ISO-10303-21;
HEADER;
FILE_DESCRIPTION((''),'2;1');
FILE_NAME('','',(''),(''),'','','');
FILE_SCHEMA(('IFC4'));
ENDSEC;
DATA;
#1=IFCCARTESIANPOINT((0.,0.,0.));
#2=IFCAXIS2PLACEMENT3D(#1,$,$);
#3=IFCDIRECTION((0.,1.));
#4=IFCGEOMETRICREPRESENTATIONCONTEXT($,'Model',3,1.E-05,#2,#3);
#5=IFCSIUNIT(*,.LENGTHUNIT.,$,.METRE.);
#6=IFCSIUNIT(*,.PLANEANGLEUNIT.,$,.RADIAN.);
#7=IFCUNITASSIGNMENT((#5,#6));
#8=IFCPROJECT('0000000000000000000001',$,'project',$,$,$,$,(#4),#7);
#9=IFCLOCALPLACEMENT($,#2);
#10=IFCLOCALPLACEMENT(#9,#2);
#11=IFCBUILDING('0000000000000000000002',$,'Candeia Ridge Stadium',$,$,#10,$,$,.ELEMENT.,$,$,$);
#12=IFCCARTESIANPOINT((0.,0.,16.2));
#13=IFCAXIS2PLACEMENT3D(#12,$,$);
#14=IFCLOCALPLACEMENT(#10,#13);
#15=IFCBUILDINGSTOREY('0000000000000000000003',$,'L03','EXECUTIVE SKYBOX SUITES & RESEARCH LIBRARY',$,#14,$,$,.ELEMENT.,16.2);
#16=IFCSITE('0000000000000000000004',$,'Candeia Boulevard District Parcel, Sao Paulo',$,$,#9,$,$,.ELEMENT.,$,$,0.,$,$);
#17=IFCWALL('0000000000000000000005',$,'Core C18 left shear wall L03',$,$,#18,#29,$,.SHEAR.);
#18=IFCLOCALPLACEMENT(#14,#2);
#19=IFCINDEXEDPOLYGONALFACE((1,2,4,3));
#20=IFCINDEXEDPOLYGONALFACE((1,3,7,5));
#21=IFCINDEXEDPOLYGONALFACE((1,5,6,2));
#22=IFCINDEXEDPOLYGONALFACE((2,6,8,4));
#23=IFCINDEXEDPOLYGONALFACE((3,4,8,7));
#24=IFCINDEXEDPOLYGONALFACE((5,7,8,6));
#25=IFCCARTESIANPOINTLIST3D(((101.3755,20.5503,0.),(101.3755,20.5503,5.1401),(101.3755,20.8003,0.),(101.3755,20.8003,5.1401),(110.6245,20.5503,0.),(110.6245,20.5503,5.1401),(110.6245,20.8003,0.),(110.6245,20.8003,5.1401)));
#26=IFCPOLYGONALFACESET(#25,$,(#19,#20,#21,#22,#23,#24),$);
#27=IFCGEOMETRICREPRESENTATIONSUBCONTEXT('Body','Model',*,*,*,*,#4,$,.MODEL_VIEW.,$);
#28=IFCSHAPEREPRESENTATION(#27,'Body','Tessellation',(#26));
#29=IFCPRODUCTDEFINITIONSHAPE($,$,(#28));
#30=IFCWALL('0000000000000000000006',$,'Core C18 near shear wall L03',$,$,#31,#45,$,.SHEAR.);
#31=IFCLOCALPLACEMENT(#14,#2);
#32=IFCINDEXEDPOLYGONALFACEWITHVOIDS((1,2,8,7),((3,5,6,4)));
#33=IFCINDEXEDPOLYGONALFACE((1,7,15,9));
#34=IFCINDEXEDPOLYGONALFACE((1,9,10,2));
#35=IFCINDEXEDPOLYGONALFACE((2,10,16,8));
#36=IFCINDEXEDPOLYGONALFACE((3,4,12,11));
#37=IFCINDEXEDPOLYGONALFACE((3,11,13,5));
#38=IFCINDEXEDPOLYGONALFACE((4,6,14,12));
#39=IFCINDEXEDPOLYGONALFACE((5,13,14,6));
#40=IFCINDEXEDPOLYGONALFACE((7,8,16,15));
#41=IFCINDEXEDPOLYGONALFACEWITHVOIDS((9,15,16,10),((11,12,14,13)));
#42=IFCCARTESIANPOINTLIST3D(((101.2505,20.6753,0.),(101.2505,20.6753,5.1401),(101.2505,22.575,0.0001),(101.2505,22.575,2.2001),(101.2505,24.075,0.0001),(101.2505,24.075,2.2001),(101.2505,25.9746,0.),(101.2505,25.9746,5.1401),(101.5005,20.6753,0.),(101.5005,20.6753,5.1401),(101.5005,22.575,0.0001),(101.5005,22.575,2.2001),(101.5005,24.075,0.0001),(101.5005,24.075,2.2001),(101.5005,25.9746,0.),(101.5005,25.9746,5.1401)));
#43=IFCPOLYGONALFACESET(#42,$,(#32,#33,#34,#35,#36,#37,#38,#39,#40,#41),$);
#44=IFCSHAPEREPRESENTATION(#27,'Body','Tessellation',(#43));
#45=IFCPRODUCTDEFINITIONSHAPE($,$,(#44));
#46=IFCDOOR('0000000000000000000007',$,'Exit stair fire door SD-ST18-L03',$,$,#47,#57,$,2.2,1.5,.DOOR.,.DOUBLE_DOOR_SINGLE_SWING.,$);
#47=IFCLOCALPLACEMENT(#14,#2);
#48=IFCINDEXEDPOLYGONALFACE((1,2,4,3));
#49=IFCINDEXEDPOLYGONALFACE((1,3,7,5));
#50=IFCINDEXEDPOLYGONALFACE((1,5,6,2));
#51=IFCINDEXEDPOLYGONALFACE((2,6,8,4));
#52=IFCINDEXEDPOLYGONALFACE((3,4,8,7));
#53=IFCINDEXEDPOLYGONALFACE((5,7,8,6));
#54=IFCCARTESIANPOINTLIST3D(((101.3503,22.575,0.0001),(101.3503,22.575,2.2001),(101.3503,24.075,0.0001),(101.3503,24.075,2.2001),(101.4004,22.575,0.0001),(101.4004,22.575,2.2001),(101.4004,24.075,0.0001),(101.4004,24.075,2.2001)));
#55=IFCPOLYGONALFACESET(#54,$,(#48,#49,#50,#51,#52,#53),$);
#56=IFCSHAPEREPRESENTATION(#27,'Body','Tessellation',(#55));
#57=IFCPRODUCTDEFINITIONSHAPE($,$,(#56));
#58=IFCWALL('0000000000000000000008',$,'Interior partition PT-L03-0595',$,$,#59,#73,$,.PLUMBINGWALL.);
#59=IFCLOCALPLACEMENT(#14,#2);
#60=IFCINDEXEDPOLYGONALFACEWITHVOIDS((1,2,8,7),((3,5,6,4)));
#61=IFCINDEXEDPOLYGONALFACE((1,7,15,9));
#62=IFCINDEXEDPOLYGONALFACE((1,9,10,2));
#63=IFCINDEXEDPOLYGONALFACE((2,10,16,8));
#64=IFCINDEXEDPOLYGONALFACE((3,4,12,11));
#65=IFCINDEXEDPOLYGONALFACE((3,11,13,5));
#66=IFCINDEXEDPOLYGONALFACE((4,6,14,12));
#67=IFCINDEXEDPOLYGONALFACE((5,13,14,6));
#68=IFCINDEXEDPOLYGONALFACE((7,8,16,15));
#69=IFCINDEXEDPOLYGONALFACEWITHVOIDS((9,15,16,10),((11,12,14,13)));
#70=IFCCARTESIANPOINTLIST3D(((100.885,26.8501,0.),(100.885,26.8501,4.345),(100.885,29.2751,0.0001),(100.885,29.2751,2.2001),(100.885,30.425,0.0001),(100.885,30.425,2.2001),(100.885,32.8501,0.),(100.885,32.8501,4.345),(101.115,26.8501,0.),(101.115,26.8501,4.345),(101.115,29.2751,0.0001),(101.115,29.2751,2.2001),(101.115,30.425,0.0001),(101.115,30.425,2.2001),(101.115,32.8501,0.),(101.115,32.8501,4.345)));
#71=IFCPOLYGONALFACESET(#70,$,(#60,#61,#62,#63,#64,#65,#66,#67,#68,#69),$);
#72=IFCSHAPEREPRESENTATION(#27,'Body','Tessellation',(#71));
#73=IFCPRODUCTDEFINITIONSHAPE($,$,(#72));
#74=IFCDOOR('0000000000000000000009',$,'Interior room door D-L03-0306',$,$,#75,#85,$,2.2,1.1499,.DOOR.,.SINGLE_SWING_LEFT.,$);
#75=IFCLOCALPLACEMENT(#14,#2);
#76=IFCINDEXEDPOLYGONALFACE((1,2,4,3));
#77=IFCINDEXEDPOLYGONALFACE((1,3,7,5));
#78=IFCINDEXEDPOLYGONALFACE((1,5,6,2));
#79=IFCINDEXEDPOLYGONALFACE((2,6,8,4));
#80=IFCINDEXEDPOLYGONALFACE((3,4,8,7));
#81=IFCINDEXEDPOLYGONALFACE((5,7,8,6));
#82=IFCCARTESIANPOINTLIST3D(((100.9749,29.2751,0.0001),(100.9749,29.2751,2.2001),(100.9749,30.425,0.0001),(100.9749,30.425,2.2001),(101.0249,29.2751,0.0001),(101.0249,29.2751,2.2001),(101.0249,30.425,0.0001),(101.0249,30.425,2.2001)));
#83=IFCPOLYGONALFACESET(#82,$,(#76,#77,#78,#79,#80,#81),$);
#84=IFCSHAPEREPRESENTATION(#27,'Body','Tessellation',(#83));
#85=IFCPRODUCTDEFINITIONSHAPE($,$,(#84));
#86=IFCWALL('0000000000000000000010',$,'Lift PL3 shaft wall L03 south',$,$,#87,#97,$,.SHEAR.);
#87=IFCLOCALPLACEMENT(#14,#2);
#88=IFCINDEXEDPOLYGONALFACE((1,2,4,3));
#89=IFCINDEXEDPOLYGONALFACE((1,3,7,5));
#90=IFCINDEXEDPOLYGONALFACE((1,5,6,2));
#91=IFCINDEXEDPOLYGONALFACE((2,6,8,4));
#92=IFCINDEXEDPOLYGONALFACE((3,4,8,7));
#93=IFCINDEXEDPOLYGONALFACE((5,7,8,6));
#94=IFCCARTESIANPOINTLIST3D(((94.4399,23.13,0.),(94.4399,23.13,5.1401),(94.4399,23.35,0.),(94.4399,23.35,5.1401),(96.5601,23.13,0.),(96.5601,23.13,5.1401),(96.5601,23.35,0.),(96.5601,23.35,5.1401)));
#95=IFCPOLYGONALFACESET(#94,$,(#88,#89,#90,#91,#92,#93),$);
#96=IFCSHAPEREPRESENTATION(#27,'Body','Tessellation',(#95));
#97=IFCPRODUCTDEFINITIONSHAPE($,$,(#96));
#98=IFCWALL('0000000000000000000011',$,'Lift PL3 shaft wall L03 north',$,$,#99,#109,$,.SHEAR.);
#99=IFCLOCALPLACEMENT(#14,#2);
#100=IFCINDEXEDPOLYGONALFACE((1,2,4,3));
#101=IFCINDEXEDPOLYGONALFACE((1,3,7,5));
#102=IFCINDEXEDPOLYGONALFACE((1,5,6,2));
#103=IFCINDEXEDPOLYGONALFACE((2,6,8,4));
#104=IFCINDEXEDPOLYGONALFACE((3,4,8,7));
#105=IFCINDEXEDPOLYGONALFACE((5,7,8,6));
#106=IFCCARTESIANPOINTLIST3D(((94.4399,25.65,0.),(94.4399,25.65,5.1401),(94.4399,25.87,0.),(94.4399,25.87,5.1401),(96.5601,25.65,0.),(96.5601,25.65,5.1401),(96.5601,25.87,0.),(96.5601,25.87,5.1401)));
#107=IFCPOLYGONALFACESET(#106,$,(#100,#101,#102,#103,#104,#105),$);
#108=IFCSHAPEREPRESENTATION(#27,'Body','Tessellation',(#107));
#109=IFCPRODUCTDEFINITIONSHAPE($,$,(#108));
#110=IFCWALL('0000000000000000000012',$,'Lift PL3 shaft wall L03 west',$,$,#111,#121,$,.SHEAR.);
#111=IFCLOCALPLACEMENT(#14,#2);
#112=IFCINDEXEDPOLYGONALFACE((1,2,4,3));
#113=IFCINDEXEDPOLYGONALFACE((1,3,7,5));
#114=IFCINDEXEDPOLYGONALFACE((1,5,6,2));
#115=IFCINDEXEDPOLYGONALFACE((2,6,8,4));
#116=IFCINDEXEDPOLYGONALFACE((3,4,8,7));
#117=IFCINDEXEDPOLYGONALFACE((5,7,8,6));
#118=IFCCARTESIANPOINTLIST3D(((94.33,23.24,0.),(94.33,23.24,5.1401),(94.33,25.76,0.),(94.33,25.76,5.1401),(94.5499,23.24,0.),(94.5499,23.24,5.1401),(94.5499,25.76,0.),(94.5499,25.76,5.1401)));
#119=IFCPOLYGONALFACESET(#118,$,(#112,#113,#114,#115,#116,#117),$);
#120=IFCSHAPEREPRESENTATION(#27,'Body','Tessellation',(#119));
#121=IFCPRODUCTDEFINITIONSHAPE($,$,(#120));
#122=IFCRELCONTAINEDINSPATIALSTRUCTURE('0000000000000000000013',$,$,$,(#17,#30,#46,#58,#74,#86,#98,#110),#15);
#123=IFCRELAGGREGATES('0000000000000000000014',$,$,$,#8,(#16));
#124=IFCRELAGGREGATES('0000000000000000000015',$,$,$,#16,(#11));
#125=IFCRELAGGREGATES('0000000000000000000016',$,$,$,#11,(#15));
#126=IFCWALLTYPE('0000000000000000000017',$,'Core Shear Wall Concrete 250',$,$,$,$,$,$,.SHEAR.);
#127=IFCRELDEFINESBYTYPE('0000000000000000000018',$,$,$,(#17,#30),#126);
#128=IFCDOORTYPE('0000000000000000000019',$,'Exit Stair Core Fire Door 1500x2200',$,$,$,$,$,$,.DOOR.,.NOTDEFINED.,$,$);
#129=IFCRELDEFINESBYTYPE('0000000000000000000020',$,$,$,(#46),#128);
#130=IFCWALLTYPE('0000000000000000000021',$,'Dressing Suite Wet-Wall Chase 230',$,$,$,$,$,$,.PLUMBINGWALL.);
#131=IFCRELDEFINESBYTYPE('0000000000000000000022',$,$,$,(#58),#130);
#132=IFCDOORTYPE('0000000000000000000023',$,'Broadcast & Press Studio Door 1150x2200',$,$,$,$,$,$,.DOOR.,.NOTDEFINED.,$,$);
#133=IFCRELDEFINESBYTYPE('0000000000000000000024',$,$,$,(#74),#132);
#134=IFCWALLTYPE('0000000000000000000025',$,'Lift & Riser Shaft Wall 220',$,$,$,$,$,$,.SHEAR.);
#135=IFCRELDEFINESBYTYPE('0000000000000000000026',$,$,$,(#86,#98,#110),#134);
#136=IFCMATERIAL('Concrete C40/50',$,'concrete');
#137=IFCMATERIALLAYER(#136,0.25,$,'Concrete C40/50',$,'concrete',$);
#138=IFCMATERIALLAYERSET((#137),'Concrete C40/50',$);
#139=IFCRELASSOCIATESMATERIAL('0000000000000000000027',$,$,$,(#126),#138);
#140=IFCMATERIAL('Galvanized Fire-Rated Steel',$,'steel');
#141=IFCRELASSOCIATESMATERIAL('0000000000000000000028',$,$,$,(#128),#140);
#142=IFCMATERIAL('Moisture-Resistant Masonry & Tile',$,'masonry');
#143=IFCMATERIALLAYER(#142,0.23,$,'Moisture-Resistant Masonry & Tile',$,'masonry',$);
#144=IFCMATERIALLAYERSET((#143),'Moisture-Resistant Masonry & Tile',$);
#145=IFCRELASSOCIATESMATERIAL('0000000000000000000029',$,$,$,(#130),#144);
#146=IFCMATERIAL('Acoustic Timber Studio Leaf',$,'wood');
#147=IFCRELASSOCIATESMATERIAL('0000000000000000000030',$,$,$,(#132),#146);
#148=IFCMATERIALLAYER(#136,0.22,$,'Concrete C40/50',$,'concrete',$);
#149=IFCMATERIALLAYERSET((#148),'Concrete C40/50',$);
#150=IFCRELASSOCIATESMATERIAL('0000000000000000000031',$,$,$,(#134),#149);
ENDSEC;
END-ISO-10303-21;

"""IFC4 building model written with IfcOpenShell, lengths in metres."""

from ifc_helpers import new_model, si_unit, direction, frame, frame_2d, origin, place, context, subcontext, project, spatial, rectangle, extrude, material, layer, layer_set, type_object, element, fill, save


model = new_model("IFC4")

# Units and contexts
model_context = context("Model", 3, precision=1e-05, world=origin(), true_north=direction((0.0, 1.0)))
body_context = subcontext(model_context, "Body", "Model", "MODEL_VIEW")
ifc_project = project(units=[si_unit("LENGTHUNIT", "METRE"), si_unit("PLANEANGLEUNIT", "RADIAN")], contexts=[model_context])

# Site, building, storey
site_placement = place(None, origin())
site = spatial("IfcSite", under=ifc_project, at=site_placement, Name="Candeia Boulevard District Parcel, Sao Paulo", CompositionType="ELEMENT", RefElevation=0.0)
building_placement = place(site_placement, origin())
building = spatial("IfcBuilding", under=site, at=building_placement, Name="Candeia Ridge Stadium", CompositionType="ELEMENT")
storey_placement = place(building_placement, frame((0.0, 0.0, 16.2)))
storey = spatial("IfcBuildingStorey", under=building, at=storey_placement, Name="L03", Description="EXECUTIVE SKYBOX SUITES & RESEARCH LIBRARY", CompositionType="ELEMENT", Elevation=16.2)

# Shared definitions
ifc_material_1 = material(Name="Concrete C40/50", Category="concrete")

# Wall
ifc_layer_1 = layer(ifc_material_1, 0.25, Name="Concrete C40/50", Category="concrete")
ifc_layer_set_1 = layer_set([ifc_layer_1], Name="Concrete C40/50")
wall_type_1 = type_object("IfcWallType", Name="Core Shear Wall Concrete 250", PredefinedType="SHEAR", material=ifc_layer_set_1)
wall_1_placement = place(storey_placement, frame((101.3755, 20.6753, 0.0), z_axis=(0.0, 0.0, 1.0), x_axis=(1.0, 0.0, 0.0)))
element("IfcWall", 1, at=wall_1_placement, inside=storey, type_object=wall_type_1, Name="Core C18 left shear wall L03", PredefinedType="SHEAR", context=body_context, shape_type="SweptSolid", body=[
    extrude(rectangle(XDim=9.249, YDim=0.25, at=frame_2d((4.6245, 0.0))), origin(), (0.0, 0.0, 1.0), 5.1401),
])

# Walls, openings, doors
wall_2_placement = place(storey_placement, frame((101.3755, 25.9746, 0.0), z_axis=(0.0, 0.0, 1.0), x_axis=(0.0, -1.0, 0.0)))
wall_2 = element("IfcWall", 2, at=wall_2_placement, inside=storey, type_object=wall_type_1, Name="Core C18 near shear wall L03", PredefinedType="SHEAR", context=body_context, shape_type="SweptSolid", body=[
    extrude(rectangle(XDim=5.2993, YDim=0.25, at=frame_2d((2.6497, 0.0))), origin(), (0.0, 0.0, 1.0), 5.1401),
])
opening_1_placement = place(wall_2_placement, frame((1.8997, 0.0, 0.0)))
opening_1 = element("IfcOpeningElement", 3, at=opening_1_placement, cuts=wall_2, PredefinedType="OPENING", context=body_context, shape_type="SweptSolid", body=[
    extrude(rectangle(XDim=1.5, YDim=2.2, at=frame_2d((0.75, 1.1001))), frame((0.0, 0.135, 0.0), z_axis=(0.0, -1.0, 0.0), x_axis=(1.0, 0.0, 0.0)), (0.0, 0.0, 1.0), 0.27),
])
ifc_material_2 = material(Name="Galvanized Fire-Rated Steel", Category="steel")
door_type_1 = type_object("IfcDoorType", Name="Exit Stair Core Fire Door 1500x2200", OperationType="NOTDEFINED", PredefinedType="DOOR", material=ifc_material_2)
door_1_placement = place(opening_1_placement, origin())
door_1 = element("IfcDoor", 4, at=door_1_placement, inside=storey, type_object=door_type_1, Name="Exit stair fire door SD-ST18-L03", OperationType="DOUBLE_DOOR_SINGLE_SWING", OverallHeight=2.2, OverallWidth=1.5, PredefinedType="DOOR", context=body_context, shape_type="SweptSolid", body=[
    extrude(rectangle(XDim=1.5, YDim=2.2, at=frame_2d((0.75, 1.1001))), frame((0.0, 0.0249, 0.0), z_axis=(0.0, -1.0, 0.0), x_axis=(1.0, 0.0, 0.0)), (0.0, 0.0, 1.0), 0.05),
])
fill(opening_1, door_1)
ifc_material_3 = material(Name="Moisture-Resistant Masonry & Tile", Category="masonry")
ifc_layer_2 = layer(ifc_material_3, 0.23, Name="Moisture-Resistant Masonry & Tile", Category="masonry")
ifc_layer_set_2 = layer_set([ifc_layer_2], Name="Moisture-Resistant Masonry & Tile")
wall_type_2 = type_object("IfcWallType", Name="Dressing Suite Wet-Wall Chase 230", PredefinedType="PLUMBINGWALL", material=ifc_layer_set_2)
wall_3_placement = place(storey_placement, frame((101.0, 32.8501, 0.0), z_axis=(0.0, 0.0, 1.0), x_axis=(0.0, -1.0, 0.0)))
wall_3 = element("IfcWall", 5, at=wall_3_placement, inside=storey, type_object=wall_type_2, Name="Interior partition PT-L03-0595", PredefinedType="PLUMBINGWALL", context=body_context, shape_type="SweptSolid", body=[
    extrude(rectangle(XDim=6.0, YDim=0.23, at=frame_2d((3.0, 0.0))), origin(), (0.0, 0.0, 1.0), 4.345),
])
opening_2_placement = place(wall_3_placement, frame((2.425, 0.0, 0.0)))
opening_2 = element("IfcOpeningElement", 6, at=opening_2_placement, cuts=wall_3, PredefinedType="OPENING", context=body_context, shape_type="SweptSolid", body=[
    extrude(rectangle(XDim=1.1499, YDim=2.2, at=frame_2d((0.575, 1.1001))), frame((0.0, 0.125, 0.0), z_axis=(0.0, -1.0, 0.0), x_axis=(1.0, 0.0, 0.0)), (0.0, 0.0, 1.0), 0.25),
])
ifc_material_4 = material(Name="Acoustic Timber Studio Leaf", Category="wood")
door_type_2 = type_object("IfcDoorType", Name="Broadcast & Press Studio Door 1150x2200", OperationType="NOTDEFINED", PredefinedType="DOOR", material=ifc_material_4)
door_2_placement = place(opening_2_placement, origin())
door_2 = element("IfcDoor", 7, at=door_2_placement, inside=storey, type_object=door_type_2, Name="Interior room door D-L03-0306", OperationType="SINGLE_SWING_LEFT", OverallHeight=2.2, OverallWidth=1.1499, PredefinedType="DOOR", context=body_context, shape_type="SweptSolid", body=[
    extrude(rectangle(XDim=1.1499, YDim=2.2, at=frame_2d((0.575, 1.1001))), frame((0.0, 0.0249, 0.0), z_axis=(0.0, -1.0, 0.0), x_axis=(1.0, 0.0, 0.0)), (0.0, 0.0, 1.0), 0.05),
])
fill(opening_2, door_2)

# Wall
ifc_layer_3 = layer(ifc_material_1, 0.22, Name="Concrete C40/50", Category="concrete")
ifc_layer_set_3 = layer_set([ifc_layer_3], Name="Concrete C40/50")
wall_type_3 = type_object("IfcWallType", Name="Lift & Riser Shaft Wall 220", PredefinedType="SHEAR", material=ifc_layer_set_3)
wall_4_placement = place(storey_placement, frame((94.4399, 23.24, 0.0), z_axis=(0.0, 0.0, 1.0), x_axis=(1.0, 0.0, 0.0)))
element("IfcWall", 8, at=wall_4_placement, inside=storey, type_object=wall_type_3, Name="Lift PL3 shaft wall L03 south", PredefinedType="SHEAR", context=body_context, shape_type="SweptSolid", body=[
    extrude(rectangle(XDim=2.1201, YDim=0.22, at=frame_2d((1.0601, 0.0))), origin(), (0.0, 0.0, 1.0), 5.1401),
])

# Walls
wall_5_placement = place(storey_placement, frame((96.5601, 25.76, 0.0), z_axis=(0.0, 0.0, 1.0), x_axis=(-1.0, 0.0, 0.0)))
element("IfcWall", 9, at=wall_5_placement, inside=storey, type_object=wall_type_3, Name="Lift PL3 shaft wall L03 north", PredefinedType="SHEAR", context=body_context, shape_type="SweptSolid", body=[
    extrude(rectangle(XDim=2.1201, YDim=0.22, at=frame_2d((1.0601, 0.0))), origin(), (0.0, 0.0, 1.0), 5.1401),
])
wall_6_placement = place(storey_placement, frame((94.4399, 25.76, 0.0), z_axis=(0.0, 0.0, 1.0), x_axis=(0.0, -1.0, 0.0)))
element("IfcWall", 10, at=wall_6_placement, inside=storey, type_object=wall_type_3, Name="Lift PL3 shaft wall L03 west", PredefinedType="SHEAR", context=body_context, shape_type="SweptSolid", body=[
    extrude(rectangle(XDim=2.52, YDim=0.22, at=frame_2d((1.26, 0.0))), origin(), (0.0, 0.0, 1.0), 5.1401),
])

save(model, "model.ifc")
